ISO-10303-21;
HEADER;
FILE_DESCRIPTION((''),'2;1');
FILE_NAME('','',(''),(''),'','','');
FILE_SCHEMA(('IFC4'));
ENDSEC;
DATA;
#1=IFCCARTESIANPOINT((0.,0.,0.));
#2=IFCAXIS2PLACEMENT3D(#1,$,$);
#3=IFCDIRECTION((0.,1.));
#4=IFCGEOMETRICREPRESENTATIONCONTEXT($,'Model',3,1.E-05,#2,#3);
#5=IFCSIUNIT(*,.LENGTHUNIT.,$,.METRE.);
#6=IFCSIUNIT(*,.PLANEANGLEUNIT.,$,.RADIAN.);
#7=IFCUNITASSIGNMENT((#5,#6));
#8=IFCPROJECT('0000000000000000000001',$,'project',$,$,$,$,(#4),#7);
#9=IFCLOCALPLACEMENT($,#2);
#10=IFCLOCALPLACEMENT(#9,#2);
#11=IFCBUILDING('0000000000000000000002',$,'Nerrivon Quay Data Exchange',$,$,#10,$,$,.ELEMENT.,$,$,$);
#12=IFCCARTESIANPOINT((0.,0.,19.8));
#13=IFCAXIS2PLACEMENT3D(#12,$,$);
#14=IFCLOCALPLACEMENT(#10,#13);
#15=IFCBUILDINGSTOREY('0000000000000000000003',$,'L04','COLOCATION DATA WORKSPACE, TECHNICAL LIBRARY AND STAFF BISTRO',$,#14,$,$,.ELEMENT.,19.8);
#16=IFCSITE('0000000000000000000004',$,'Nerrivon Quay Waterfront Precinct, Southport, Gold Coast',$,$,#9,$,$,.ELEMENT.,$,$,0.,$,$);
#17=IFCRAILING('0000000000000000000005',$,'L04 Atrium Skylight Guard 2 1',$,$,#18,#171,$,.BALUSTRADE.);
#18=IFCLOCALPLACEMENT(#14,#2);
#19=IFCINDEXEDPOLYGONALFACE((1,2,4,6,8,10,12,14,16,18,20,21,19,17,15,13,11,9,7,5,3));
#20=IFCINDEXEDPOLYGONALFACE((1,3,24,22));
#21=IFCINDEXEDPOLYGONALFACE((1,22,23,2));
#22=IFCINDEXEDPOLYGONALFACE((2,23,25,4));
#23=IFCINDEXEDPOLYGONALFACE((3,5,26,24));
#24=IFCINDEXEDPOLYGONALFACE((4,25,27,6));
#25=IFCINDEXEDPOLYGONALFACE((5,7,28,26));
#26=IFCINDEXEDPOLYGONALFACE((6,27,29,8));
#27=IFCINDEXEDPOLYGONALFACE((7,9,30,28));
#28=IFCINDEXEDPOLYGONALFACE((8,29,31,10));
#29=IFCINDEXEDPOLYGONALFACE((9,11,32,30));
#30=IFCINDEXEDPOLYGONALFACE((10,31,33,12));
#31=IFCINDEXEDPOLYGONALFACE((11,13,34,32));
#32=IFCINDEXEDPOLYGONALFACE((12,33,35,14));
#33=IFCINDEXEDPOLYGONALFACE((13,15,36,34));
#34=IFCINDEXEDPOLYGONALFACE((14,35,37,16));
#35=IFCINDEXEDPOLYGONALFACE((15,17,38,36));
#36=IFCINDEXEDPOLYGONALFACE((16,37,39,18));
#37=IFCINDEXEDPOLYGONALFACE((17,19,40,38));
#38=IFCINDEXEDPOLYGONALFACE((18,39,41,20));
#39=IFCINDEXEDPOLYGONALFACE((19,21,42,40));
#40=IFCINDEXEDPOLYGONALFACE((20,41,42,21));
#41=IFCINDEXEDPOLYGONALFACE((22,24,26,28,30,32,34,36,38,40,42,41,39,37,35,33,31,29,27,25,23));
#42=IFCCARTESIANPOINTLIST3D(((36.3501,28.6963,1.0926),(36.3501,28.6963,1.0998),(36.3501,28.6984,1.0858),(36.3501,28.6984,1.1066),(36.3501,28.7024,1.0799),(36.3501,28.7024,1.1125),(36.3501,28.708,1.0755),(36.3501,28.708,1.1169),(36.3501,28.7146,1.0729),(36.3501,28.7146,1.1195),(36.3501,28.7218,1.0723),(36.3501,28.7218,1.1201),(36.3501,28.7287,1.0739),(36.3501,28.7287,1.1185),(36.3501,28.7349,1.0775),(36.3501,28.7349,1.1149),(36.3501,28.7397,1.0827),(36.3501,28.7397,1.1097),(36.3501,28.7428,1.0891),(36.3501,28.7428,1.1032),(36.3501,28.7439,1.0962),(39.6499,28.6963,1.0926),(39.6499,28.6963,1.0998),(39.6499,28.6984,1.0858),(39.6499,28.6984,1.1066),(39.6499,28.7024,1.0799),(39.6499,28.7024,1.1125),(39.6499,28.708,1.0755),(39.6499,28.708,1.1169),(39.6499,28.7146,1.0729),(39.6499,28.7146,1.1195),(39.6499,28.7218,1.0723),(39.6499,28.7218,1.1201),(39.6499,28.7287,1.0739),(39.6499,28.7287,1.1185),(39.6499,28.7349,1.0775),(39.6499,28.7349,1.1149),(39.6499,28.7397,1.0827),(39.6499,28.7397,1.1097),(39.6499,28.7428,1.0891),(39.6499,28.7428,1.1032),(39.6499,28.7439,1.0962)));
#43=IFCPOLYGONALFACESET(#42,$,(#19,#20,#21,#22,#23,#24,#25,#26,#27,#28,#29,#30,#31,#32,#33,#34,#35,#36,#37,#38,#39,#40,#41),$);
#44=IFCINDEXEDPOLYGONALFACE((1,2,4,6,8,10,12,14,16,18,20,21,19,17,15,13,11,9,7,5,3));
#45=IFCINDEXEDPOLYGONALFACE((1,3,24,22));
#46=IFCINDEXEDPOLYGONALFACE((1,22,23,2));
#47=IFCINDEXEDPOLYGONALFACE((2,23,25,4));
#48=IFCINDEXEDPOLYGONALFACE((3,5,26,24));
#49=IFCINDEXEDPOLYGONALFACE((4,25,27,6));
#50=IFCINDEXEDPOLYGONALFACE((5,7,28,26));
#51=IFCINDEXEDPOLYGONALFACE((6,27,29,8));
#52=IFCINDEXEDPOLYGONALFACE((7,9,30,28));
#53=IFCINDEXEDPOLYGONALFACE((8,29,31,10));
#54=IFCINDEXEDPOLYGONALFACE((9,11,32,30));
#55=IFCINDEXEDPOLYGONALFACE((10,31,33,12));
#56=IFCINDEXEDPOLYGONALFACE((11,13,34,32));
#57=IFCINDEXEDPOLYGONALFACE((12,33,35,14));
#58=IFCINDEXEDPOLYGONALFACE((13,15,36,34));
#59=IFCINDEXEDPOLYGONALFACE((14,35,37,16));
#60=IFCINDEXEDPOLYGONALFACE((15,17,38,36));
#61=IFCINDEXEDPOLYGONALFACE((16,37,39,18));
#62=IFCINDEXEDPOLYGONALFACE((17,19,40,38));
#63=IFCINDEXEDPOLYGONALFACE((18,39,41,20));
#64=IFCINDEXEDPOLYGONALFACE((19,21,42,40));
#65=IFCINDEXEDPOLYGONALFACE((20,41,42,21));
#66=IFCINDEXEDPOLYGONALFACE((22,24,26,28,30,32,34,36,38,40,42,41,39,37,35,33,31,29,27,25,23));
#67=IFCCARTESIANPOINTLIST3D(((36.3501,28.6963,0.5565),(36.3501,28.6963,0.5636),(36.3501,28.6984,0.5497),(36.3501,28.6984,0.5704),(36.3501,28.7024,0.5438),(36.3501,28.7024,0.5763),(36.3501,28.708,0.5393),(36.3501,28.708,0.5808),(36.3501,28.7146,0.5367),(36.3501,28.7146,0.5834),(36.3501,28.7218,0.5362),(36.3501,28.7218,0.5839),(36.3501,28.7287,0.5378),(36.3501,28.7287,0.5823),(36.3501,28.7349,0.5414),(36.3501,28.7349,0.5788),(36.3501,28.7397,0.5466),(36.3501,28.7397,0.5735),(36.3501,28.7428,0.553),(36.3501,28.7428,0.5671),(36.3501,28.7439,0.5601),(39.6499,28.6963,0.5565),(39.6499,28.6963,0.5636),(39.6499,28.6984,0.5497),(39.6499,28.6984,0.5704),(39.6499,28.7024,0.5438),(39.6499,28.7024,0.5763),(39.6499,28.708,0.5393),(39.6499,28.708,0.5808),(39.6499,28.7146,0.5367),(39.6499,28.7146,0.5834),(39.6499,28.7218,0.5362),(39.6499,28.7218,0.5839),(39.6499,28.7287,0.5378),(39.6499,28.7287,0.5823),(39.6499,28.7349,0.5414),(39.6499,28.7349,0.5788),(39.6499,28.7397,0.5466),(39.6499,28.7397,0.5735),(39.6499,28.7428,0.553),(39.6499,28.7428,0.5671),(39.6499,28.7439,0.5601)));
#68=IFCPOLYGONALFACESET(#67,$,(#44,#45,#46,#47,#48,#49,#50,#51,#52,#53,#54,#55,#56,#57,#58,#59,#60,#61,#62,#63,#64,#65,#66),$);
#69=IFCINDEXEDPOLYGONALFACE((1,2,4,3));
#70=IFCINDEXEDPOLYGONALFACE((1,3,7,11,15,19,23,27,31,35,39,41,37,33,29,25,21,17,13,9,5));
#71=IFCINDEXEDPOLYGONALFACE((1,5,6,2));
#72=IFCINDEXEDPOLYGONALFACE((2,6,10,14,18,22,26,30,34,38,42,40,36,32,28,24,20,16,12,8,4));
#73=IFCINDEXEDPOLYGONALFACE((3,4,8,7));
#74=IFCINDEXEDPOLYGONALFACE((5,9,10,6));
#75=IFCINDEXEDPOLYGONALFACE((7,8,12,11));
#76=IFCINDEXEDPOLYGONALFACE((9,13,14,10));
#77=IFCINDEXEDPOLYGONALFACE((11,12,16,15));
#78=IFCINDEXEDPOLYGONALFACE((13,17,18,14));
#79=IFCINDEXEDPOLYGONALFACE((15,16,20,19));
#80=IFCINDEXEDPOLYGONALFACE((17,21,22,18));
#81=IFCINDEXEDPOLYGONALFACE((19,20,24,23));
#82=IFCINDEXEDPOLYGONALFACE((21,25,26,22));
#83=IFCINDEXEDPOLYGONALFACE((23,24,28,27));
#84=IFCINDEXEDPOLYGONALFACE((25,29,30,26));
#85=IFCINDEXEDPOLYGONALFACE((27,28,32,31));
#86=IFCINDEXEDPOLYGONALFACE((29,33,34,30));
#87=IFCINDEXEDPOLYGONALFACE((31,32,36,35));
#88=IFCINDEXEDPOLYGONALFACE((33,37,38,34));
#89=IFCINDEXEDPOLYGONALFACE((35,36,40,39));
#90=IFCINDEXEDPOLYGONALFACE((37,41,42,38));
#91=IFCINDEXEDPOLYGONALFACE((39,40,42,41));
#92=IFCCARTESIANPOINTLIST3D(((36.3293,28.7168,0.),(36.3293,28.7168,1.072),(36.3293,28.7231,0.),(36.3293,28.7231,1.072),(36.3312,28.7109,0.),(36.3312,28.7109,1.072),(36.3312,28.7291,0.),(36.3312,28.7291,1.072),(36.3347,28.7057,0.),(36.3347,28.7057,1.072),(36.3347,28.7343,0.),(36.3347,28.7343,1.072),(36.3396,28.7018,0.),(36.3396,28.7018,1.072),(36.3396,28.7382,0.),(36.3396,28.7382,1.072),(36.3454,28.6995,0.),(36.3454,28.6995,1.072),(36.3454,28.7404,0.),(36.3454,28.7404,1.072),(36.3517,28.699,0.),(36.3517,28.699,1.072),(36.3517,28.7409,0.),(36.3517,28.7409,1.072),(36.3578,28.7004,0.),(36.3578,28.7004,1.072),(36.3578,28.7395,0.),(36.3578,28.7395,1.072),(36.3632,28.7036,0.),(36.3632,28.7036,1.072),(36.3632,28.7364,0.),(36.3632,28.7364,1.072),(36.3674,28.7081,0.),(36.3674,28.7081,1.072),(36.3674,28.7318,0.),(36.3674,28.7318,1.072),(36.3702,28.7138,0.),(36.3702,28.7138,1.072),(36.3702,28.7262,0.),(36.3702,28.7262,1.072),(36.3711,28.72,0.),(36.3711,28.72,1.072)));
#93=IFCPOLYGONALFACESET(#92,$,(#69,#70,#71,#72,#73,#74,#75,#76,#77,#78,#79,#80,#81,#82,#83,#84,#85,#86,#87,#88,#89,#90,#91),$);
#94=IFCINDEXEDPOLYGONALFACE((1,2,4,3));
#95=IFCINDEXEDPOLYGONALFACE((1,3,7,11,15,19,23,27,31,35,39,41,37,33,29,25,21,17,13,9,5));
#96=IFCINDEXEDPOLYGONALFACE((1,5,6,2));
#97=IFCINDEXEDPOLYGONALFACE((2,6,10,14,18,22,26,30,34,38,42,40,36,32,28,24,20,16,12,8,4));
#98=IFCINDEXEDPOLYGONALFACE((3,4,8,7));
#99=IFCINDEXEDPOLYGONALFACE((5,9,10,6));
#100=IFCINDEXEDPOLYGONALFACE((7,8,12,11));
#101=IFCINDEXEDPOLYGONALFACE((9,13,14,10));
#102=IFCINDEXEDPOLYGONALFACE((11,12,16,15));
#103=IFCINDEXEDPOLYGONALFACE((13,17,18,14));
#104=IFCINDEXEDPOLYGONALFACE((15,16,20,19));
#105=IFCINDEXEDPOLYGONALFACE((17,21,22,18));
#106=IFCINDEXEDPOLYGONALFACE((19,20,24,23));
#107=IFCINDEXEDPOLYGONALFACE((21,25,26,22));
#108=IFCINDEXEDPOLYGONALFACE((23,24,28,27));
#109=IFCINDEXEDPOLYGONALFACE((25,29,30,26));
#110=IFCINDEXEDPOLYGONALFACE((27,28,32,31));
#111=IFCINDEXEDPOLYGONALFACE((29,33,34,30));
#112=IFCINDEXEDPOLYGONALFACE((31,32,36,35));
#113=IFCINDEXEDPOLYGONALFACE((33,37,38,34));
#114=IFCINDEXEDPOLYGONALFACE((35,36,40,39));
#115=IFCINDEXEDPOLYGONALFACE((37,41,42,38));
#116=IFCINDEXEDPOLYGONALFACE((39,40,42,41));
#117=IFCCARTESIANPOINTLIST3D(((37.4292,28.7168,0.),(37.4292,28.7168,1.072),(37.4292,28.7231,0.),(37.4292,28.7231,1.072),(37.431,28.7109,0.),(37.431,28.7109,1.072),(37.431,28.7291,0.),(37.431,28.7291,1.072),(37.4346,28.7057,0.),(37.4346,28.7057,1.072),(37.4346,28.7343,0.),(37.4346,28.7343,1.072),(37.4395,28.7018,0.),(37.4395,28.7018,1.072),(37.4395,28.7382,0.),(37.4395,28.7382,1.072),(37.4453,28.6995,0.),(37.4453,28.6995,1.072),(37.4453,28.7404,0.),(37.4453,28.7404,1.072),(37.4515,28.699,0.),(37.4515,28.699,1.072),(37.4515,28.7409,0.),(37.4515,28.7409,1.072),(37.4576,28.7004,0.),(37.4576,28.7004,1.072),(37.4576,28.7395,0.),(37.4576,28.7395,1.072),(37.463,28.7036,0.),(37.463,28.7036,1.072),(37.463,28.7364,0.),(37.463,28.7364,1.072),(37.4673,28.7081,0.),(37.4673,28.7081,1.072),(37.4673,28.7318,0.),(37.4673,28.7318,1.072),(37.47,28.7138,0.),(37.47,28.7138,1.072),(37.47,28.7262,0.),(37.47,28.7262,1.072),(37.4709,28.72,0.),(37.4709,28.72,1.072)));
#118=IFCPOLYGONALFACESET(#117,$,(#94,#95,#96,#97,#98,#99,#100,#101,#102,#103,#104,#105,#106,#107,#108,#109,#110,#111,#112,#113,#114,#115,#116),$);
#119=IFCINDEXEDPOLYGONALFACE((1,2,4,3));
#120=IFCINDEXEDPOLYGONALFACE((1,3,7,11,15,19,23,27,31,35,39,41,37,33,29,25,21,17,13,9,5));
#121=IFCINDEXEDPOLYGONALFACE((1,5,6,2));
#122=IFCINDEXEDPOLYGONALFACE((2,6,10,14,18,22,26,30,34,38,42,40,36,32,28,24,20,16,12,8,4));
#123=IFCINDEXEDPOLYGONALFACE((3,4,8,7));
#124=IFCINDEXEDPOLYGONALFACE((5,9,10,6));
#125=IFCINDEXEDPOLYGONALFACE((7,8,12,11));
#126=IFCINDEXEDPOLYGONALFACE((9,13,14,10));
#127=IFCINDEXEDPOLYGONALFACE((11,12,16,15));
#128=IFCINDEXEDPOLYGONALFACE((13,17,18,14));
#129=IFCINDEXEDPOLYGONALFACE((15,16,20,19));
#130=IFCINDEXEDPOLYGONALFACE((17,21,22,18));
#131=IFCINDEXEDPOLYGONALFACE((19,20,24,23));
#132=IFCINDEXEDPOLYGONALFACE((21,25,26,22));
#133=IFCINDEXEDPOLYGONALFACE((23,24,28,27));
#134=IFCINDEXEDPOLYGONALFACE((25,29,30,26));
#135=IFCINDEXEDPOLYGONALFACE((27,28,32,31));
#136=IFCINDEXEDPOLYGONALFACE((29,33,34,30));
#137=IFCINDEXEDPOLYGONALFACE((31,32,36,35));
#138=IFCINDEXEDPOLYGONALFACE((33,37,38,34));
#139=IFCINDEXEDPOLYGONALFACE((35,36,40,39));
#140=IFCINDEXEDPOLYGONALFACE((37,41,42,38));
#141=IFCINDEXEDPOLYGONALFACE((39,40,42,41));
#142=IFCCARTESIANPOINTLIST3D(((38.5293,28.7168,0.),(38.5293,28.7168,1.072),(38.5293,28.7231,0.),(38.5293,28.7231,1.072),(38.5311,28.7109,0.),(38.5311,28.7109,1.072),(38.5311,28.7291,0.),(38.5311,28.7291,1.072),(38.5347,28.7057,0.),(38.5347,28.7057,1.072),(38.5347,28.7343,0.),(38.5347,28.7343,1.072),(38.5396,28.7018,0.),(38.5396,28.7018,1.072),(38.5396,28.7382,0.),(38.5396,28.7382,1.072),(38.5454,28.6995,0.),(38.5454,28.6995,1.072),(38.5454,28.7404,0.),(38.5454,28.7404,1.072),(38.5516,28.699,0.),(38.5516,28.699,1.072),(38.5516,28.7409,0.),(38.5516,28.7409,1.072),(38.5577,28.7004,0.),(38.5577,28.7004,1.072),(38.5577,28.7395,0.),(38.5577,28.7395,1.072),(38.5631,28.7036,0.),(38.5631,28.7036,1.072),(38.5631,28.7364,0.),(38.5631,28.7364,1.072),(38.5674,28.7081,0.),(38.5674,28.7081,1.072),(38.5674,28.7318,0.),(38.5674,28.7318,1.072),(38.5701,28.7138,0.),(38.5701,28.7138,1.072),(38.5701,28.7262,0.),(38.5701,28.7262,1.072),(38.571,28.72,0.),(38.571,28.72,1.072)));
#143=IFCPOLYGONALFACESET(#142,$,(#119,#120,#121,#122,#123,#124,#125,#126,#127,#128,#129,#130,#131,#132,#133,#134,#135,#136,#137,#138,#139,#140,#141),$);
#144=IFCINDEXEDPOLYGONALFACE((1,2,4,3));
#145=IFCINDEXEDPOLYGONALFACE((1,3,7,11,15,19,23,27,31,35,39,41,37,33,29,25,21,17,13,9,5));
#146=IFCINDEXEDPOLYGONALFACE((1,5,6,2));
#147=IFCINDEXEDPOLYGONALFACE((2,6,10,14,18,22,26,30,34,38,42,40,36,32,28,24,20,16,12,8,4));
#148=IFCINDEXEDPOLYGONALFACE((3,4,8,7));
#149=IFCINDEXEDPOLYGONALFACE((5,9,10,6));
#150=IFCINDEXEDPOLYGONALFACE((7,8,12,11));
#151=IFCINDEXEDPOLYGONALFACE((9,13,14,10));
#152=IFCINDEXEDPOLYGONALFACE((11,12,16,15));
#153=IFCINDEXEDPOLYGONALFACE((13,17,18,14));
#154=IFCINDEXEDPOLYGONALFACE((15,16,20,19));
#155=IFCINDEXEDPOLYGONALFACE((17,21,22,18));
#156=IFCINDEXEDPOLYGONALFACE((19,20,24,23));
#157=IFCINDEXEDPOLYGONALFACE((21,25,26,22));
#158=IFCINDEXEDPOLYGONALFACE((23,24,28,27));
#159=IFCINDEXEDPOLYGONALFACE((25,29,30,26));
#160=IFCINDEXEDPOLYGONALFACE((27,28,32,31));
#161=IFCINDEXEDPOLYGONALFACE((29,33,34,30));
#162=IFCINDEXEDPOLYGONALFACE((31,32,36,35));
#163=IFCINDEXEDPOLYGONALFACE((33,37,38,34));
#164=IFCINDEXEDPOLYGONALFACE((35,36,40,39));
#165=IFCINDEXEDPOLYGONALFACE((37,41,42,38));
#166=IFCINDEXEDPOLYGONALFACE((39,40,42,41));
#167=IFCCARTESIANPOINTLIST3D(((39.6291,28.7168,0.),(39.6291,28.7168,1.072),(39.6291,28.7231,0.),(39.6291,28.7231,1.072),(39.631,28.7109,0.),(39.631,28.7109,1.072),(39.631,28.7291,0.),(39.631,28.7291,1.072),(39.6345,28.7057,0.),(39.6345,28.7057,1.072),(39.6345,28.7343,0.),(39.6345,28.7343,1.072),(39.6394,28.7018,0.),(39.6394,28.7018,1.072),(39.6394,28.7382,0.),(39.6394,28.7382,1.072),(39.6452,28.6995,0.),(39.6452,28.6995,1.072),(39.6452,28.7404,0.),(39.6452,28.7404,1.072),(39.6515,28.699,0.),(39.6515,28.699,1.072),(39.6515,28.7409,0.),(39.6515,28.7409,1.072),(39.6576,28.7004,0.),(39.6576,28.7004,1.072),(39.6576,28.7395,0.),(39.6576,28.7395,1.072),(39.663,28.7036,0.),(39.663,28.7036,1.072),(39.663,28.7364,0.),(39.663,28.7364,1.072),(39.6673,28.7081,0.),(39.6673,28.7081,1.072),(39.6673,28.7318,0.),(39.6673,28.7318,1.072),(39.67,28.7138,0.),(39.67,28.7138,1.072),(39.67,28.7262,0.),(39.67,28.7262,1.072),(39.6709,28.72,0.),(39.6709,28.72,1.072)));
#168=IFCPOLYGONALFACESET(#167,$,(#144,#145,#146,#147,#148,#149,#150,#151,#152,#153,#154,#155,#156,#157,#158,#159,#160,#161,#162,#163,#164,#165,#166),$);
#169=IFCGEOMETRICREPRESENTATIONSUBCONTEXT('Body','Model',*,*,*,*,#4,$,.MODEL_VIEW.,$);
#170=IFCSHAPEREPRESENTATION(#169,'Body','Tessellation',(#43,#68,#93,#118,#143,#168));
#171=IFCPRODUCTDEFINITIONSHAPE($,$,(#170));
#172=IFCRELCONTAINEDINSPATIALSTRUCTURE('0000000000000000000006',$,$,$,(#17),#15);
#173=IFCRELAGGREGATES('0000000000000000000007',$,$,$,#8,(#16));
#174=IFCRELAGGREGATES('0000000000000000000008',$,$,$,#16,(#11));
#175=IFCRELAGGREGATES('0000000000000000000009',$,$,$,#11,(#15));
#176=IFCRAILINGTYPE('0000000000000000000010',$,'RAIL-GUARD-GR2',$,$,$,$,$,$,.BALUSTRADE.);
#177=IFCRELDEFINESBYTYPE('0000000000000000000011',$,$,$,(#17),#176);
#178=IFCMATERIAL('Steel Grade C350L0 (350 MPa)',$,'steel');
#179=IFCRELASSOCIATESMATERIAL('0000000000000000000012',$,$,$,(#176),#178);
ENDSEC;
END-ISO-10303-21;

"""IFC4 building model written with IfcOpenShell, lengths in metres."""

from ifc_helpers import new_model, si_unit, direction, frame, origin, origin_2d, place, context, subcontext, project, spatial, circle, extrude, material, type_object, element, save


model = new_model("IFC4")

# Units and contexts
model_context = context("Model", 3, precision=1e-05, world=origin(), true_north=direction((0.0, 1.0)))
body_context = subcontext(model_context, "Body", "Model", "MODEL_VIEW")
ifc_project = project(units=[si_unit("LENGTHUNIT", "METRE"), si_unit("PLANEANGLEUNIT", "RADIAN")], contexts=[model_context])

# Site, building, storey
site_placement = place(None, origin())
site = spatial("IfcSite", under=ifc_project, at=site_placement, Name="Nerrivon Quay Waterfront Precinct, Southport, Gold Coast", CompositionType="ELEMENT", RefElevation=0.0)
building_placement = place(site_placement, origin())
building = spatial("IfcBuilding", under=site, at=building_placement, Name="Nerrivon Quay Data Exchange", CompositionType="ELEMENT")
storey_placement = place(building_placement, frame((0.0, 0.0, 19.8)))
storey = spatial("IfcBuildingStorey", under=building, at=storey_placement, Name="L04", Description="COLOCATION DATA WORKSPACE, TECHNICAL LIBRARY AND STAFF BISTRO", CompositionType="ELEMENT", Elevation=19.8)

# Railing
ifc_material_1 = material(Name="Steel Grade C350L0 (350 MPa)", Category="steel")
railing_type = type_object("IfcRailingType", Name="RAIL-GUARD-GR2", PredefinedType="BALUSTRADE", material=ifc_material_1)
railing_1_placement = place(storey_placement, frame((36.3501, 28.72, 0.0)))
element("IfcRailing", 1, at=railing_1_placement, inside=storey, type_object=railing_type, Name="L04 Atrium Skylight Guard 2 1", PredefinedType="BALUSTRADE", context=body_context, shape_type="SweptSolid", body=[
    extrude(circle(Radius=0.0239, at=origin_2d()), frame((0.0, 0.0, 1.0962), z_axis=(1.0, 0.0, 0.0), x_axis=(0.0, 1.0, 0.0)), (0.0, 0.0, 1.0), 3.2998),
    extrude(circle(Radius=0.0239, at=origin_2d()), frame((0.0, 0.0, 0.5601), z_axis=(1.0, 0.0, 0.0), x_axis=(0.0, 1.0, 0.0)), (0.0, 0.0, 1.0), 3.2998),
    extrude(circle(Radius=0.021, at=origin_2d()), origin(), (0.0, 0.0, 1.0), 1.072),
    extrude(circle(Radius=0.021, at=origin_2d()), frame((1.0999, 0.0, 0.0)), (0.0, 0.0, 1.0), 1.072),
    extrude(circle(Radius=0.021, at=origin_2d()), frame((2.2, 0.0, 0.0)), (0.0, 0.0, 1.0), 1.072),
    extrude(circle(Radius=0.021, at=origin_2d()), frame((3.2998, 0.0, 0.0)), (0.0, 0.0, 1.0), 1.072),
])

save(model, "model.ifc")
